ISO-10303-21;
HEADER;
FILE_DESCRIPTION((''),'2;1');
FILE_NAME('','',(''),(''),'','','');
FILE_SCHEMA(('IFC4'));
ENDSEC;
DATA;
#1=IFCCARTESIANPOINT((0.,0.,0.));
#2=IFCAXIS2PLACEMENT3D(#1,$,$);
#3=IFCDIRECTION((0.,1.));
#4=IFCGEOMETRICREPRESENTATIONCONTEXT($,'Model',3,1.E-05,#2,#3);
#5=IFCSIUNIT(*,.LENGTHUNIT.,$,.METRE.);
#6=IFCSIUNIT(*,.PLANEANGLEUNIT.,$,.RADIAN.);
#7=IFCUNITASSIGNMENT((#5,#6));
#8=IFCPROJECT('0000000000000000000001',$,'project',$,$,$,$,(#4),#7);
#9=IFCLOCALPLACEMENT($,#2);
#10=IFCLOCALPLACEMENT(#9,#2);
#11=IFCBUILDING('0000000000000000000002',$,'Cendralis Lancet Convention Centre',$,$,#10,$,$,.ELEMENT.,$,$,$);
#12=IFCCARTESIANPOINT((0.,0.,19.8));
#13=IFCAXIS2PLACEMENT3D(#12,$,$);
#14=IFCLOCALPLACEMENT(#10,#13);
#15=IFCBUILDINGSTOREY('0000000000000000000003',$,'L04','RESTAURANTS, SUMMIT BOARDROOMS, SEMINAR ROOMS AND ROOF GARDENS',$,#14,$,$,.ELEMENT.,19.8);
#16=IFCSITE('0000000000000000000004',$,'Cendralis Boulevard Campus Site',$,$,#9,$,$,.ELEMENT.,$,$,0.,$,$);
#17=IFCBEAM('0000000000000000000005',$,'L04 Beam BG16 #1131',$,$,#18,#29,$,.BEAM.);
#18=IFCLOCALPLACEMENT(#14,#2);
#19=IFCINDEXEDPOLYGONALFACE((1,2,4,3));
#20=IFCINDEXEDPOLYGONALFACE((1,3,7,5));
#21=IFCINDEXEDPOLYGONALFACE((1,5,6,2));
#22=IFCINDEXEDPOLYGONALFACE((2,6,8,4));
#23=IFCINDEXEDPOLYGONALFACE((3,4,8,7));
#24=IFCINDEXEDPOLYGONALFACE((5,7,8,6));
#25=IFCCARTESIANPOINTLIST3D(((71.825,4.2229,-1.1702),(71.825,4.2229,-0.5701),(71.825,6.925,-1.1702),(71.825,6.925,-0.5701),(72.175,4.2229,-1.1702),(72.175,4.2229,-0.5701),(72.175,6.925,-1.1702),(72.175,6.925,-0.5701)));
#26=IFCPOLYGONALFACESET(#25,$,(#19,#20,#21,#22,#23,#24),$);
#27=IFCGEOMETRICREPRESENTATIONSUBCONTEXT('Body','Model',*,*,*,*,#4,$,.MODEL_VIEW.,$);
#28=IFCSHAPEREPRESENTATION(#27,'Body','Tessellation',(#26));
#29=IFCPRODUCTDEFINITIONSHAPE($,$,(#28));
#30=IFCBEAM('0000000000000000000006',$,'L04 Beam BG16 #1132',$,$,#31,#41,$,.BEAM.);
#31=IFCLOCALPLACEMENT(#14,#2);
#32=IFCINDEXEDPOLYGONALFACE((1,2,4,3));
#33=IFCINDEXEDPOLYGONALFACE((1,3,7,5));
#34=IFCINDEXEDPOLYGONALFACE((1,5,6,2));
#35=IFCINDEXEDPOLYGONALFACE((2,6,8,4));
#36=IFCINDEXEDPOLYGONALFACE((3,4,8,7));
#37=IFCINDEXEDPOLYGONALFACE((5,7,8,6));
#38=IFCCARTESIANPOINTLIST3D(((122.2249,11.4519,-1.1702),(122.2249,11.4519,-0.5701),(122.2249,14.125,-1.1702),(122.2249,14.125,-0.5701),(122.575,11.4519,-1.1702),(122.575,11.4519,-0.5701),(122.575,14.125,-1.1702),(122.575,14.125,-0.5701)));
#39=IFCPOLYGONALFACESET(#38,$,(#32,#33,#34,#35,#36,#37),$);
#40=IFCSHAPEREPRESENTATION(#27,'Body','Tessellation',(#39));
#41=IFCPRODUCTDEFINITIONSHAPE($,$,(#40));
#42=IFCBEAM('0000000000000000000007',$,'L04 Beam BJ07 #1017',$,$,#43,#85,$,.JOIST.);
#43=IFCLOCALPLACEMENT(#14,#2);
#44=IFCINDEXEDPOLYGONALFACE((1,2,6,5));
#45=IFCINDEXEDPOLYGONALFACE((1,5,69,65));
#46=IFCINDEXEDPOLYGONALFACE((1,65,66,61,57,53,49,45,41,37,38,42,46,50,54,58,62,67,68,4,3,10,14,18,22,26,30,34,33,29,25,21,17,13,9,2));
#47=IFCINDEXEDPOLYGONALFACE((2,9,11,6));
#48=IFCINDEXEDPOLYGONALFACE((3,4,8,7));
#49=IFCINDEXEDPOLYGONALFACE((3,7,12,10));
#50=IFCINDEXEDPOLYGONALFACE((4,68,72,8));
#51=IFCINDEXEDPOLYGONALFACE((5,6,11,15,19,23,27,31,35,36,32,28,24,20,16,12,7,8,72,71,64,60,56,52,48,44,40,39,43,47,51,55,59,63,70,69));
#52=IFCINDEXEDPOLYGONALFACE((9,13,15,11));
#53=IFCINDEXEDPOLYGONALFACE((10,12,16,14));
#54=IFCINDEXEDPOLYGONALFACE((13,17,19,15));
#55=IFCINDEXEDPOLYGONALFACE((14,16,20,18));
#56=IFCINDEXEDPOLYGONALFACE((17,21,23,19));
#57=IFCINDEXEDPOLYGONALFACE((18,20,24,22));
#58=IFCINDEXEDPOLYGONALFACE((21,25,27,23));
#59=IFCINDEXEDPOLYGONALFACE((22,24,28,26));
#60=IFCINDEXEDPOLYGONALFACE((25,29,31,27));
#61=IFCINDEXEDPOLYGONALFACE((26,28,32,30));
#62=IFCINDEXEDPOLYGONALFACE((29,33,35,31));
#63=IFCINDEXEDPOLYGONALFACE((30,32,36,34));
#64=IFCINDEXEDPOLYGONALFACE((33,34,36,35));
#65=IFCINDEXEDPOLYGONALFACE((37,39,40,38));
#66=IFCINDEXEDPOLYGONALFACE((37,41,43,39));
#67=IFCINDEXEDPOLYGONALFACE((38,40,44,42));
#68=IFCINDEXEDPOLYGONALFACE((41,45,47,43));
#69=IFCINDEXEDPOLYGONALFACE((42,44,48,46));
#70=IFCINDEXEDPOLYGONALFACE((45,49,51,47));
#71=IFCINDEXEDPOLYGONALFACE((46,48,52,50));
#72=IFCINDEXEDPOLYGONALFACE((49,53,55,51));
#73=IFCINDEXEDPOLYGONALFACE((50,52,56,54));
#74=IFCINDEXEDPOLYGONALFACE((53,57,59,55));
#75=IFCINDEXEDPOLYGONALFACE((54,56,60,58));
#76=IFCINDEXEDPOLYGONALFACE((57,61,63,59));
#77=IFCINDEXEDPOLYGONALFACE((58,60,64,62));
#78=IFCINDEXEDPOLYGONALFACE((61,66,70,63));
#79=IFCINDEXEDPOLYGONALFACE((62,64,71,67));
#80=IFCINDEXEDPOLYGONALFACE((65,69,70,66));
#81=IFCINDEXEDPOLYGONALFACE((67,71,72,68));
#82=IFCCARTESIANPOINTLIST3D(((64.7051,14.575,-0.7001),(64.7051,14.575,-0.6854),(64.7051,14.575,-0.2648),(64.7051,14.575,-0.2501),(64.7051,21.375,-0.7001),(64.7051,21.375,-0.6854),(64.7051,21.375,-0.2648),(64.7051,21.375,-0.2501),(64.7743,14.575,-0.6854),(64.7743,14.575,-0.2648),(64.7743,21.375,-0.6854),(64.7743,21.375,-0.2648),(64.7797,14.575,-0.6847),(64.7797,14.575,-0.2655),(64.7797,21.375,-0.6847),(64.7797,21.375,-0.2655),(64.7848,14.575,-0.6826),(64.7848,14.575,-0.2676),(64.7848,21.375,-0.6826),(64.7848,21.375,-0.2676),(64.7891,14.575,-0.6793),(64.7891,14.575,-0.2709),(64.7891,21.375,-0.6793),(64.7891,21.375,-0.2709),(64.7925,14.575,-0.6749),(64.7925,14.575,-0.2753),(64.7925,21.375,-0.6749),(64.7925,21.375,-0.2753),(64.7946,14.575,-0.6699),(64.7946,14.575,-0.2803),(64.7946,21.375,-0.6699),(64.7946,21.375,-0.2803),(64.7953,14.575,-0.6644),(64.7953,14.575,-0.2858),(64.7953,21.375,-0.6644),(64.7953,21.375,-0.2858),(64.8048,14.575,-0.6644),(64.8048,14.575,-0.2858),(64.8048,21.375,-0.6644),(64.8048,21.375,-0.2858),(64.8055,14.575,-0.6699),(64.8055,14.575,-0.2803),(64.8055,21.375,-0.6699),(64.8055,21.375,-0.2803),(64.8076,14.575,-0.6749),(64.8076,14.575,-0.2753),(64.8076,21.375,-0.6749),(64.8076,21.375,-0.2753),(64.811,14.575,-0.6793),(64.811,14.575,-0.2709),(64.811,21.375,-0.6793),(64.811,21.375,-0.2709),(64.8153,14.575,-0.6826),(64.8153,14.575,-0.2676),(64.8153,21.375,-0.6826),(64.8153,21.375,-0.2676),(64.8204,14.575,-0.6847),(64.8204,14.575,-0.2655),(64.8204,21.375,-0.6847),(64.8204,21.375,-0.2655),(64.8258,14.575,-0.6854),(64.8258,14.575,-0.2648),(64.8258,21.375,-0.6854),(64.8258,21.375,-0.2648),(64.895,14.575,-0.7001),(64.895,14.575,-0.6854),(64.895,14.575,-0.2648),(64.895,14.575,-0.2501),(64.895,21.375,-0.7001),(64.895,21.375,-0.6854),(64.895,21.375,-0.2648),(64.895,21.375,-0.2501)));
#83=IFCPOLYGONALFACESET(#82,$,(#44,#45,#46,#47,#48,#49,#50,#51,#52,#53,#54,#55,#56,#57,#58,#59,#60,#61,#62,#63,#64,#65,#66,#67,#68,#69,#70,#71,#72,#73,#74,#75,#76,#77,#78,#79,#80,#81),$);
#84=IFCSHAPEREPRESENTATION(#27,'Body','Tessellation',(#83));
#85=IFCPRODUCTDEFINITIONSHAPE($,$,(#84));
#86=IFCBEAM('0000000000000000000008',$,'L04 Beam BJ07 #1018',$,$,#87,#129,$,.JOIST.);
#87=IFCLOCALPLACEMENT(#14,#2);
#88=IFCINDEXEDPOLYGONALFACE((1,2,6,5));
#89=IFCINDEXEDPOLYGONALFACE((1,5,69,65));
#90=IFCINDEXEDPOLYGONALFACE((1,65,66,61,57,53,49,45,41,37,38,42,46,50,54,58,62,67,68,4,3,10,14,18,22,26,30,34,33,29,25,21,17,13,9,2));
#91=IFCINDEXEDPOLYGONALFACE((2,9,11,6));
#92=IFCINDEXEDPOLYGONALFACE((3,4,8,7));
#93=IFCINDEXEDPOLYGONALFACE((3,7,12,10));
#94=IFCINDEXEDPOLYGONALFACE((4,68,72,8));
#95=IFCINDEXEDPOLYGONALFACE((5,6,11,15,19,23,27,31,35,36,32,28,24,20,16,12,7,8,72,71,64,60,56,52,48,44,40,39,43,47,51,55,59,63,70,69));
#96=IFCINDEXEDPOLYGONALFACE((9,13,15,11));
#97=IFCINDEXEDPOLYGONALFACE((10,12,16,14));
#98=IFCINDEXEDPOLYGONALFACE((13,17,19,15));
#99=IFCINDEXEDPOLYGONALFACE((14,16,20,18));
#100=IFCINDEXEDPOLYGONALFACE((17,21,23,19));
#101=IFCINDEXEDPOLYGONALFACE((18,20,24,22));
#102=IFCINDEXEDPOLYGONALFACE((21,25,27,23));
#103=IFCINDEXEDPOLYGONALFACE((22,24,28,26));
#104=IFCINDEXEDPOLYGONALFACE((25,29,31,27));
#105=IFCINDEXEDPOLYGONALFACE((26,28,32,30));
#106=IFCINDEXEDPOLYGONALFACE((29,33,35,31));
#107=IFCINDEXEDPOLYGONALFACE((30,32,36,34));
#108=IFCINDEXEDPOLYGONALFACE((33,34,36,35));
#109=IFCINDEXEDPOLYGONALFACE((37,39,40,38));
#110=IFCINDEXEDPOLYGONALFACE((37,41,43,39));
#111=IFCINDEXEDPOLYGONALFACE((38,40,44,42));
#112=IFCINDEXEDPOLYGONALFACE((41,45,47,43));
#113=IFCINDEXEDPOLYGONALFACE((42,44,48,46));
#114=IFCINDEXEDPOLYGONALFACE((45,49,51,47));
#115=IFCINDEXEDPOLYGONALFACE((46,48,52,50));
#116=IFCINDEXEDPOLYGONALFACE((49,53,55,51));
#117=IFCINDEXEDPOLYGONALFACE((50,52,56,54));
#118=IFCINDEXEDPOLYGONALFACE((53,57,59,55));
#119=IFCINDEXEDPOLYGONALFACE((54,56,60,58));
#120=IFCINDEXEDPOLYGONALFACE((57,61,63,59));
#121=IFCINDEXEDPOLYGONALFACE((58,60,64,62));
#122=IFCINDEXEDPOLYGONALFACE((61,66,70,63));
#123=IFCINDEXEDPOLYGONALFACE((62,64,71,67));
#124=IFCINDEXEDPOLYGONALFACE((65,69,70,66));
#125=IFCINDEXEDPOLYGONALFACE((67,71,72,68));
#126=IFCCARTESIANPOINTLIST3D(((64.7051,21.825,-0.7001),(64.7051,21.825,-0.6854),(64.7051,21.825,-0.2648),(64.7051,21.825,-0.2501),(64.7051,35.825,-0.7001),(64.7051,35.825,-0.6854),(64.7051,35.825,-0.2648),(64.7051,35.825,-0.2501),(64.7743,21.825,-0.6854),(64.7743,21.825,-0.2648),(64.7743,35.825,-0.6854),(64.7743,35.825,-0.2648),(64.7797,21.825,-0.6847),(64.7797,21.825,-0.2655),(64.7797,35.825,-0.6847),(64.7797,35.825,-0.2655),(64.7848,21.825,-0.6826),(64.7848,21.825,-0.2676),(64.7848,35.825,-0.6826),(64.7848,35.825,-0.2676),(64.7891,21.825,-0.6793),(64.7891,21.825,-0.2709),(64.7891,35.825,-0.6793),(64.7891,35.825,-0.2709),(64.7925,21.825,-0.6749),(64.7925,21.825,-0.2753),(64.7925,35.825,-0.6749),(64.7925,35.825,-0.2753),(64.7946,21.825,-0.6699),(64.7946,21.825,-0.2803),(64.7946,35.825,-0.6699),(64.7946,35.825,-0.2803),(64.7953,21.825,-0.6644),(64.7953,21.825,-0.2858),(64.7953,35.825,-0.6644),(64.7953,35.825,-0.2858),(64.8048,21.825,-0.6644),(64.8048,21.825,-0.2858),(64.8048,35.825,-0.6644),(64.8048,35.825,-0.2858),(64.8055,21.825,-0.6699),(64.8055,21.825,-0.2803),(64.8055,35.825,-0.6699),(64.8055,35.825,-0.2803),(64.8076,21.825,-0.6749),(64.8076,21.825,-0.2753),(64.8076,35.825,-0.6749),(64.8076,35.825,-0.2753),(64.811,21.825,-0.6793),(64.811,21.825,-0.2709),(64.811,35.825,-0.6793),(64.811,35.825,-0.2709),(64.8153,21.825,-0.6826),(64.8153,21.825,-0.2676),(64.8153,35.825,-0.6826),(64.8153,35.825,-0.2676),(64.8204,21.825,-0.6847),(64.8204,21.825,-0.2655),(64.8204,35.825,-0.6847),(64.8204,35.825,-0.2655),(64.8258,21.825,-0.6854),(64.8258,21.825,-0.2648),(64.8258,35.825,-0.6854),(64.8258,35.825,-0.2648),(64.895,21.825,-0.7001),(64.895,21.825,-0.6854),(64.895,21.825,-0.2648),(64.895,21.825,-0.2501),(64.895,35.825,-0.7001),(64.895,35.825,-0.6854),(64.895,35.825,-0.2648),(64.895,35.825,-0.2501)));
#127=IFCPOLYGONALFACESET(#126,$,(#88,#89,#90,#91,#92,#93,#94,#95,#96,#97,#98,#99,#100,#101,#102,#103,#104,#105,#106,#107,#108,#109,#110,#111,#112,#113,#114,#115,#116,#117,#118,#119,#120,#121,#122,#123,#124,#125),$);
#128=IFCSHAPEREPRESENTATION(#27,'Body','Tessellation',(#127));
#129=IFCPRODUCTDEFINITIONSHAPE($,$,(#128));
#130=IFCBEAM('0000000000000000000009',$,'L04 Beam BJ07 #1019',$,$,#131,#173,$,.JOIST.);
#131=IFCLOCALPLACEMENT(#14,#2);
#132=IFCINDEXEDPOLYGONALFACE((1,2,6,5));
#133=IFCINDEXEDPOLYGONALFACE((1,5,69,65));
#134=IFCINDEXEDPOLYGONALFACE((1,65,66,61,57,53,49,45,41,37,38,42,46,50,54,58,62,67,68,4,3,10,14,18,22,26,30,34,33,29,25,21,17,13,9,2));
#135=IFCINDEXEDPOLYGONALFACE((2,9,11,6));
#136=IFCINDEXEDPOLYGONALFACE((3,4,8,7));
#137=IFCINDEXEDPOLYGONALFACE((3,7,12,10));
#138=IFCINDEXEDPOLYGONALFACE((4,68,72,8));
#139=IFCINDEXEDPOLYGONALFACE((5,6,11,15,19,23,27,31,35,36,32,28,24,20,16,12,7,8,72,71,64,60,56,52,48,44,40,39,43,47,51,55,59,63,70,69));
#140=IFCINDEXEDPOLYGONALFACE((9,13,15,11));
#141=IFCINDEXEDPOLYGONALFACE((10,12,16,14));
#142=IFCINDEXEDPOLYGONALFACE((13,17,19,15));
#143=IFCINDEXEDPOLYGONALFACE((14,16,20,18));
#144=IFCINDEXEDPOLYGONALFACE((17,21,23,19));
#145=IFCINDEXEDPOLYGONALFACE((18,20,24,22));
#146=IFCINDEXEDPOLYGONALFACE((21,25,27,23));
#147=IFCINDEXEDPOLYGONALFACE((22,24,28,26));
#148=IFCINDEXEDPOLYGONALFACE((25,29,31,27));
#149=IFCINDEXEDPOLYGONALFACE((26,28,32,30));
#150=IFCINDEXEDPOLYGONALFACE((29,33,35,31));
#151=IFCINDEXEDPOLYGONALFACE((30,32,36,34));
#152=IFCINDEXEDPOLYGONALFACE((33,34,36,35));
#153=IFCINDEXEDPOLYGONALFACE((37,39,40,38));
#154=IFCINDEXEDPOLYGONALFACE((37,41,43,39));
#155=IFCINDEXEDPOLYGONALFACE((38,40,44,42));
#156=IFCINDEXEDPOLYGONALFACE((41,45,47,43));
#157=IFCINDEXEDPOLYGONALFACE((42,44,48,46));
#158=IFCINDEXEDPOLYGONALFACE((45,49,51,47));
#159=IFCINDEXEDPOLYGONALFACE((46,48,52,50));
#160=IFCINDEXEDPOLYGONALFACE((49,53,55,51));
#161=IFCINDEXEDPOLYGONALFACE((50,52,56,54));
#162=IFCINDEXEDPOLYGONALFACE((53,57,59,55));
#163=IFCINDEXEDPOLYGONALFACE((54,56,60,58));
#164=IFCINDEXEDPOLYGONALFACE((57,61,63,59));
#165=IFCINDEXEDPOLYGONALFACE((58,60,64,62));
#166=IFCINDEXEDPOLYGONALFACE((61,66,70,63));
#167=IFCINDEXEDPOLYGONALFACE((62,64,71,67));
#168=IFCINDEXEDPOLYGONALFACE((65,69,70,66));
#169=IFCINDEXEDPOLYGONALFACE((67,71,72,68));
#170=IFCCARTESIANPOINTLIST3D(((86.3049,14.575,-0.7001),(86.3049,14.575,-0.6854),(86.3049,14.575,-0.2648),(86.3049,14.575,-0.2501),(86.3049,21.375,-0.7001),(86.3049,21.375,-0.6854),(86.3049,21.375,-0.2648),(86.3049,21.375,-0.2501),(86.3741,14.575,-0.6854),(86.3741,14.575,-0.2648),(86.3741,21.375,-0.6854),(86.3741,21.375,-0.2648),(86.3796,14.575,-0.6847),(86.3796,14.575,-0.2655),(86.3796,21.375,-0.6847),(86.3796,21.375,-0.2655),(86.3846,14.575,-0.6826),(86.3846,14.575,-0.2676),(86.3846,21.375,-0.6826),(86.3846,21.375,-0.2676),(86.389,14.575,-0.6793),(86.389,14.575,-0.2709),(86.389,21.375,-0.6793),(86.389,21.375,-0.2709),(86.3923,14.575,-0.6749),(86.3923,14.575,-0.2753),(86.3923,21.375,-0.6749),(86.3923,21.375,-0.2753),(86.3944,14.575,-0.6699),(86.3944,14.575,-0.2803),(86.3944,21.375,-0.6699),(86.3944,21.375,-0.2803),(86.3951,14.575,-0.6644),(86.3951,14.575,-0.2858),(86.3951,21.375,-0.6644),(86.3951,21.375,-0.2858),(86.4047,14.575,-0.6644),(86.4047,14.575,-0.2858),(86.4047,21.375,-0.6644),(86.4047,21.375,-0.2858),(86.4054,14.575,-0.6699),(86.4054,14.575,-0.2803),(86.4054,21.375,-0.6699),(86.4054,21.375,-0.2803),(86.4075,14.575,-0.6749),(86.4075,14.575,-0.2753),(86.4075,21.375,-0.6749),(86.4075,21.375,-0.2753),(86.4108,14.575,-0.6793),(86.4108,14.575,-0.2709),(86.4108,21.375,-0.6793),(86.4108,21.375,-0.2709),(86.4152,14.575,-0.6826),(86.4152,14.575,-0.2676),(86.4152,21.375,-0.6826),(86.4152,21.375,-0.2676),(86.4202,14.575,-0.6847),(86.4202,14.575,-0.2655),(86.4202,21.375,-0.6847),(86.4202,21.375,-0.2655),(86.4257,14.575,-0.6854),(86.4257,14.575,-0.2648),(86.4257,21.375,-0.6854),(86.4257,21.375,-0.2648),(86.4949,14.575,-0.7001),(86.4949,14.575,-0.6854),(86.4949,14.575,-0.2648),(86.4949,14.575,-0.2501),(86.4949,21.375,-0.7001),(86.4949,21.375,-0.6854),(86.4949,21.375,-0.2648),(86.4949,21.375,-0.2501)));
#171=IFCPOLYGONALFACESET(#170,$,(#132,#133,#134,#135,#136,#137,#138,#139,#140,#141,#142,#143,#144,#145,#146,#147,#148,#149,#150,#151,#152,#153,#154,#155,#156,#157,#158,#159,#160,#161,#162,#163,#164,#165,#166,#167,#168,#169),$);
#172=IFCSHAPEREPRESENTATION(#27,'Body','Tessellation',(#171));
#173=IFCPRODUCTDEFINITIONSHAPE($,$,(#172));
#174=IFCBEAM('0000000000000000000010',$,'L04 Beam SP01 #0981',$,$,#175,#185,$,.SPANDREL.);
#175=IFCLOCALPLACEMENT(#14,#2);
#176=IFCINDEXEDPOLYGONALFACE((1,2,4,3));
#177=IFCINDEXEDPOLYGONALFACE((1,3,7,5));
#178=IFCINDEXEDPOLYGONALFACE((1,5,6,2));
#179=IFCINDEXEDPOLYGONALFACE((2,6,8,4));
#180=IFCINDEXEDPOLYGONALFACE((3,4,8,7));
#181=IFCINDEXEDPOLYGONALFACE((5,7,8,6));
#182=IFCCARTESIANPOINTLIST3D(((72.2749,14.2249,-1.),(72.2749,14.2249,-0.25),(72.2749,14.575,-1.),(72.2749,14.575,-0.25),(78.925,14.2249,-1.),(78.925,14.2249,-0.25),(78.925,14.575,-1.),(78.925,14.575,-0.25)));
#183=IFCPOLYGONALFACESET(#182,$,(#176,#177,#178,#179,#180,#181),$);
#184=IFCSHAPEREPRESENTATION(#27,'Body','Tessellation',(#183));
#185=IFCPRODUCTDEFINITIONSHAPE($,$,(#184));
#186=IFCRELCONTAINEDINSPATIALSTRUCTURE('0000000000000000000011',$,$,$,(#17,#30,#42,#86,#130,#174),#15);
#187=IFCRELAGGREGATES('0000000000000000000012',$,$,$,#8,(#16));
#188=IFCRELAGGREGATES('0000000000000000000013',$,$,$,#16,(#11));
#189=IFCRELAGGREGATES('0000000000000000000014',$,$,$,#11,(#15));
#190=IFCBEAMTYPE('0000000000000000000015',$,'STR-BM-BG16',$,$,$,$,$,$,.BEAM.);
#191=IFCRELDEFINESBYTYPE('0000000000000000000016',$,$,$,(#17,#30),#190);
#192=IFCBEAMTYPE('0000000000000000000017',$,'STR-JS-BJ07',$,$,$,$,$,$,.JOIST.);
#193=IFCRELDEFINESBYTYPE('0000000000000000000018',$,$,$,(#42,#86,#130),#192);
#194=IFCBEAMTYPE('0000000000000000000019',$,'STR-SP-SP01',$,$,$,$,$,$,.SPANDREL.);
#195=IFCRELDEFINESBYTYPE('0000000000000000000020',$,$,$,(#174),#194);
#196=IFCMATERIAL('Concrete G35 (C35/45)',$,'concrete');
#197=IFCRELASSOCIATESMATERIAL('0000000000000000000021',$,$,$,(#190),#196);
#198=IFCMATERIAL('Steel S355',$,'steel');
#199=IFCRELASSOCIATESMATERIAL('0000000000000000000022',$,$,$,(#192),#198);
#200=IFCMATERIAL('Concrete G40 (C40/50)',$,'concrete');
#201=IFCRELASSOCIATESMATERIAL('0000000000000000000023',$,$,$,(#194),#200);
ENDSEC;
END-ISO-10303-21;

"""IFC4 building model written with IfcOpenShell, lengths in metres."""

from ifc_helpers import new_model, si_unit, direction, frame, origin, origin_2d, place, context, subcontext, project, spatial, rectangle, i_section, extrude, material, material_profile, profile_set, type_object, element, save


model = new_model("IFC4")

# Units and contexts
model_context = context("Model", 3, precision=1e-05, world=origin(), true_north=direction((0.0, 1.0)))
body_context = subcontext(model_context, "Body", "Model", "MODEL_VIEW")
ifc_project = project(units=[si_unit("LENGTHUNIT", "METRE"), si_unit("PLANEANGLEUNIT", "RADIAN")], contexts=[model_context])

# Site, building, storey
site_placement = place(None, origin())
site = spatial("IfcSite", under=ifc_project, at=site_placement, Name="Cendralis Boulevard Campus Site", CompositionType="ELEMENT", RefElevation=0.0)
building_placement = place(site_placement, origin())
building = spatial("IfcBuilding", under=site, at=building_placement, Name="Cendralis Lancet Convention Centre", CompositionType="ELEMENT")
storey_placement = place(building_placement, frame((0.0, 0.0, 19.8)))
storey = spatial("IfcBuildingStorey", under=building, at=storey_placement, Name="L04", Description="RESTAURANTS, SUMMIT BOARDROOMS, SEMINAR ROOMS AND ROOF GARDENS", CompositionType="ELEMENT", Elevation=19.8)

# Shared definitions
ifc_material_1 = material(Name="Concrete G40 (C40/50)", Category="concrete")

# Beams
ifc_material_2 = material(Name="Concrete G35 (C35/45)", Category="concrete")
ifc_material_profile_1 = material_profile(ifc_material_2, rectangle(XDim=0.3501, YDim=0.6001, at=origin_2d()), Name="RCB 350x600")
ifc_profile_set_1 = profile_set([ifc_material_profile_1], Name="Concrete G35 (C35/45)")
beam_type_1 = type_object("IfcBeamType", Name="STR-BM-BG16", PredefinedType="BEAM", material=ifc_profile_set_1)
beam_1_placement = place(storey_placement, frame((72.0, 4.2229, -0.8701), z_axis=(0.0, 1.0, 0.0), x_axis=(-1.0, 0.0, 0.0)))
element("IfcBeam", 1, at=beam_1_placement, inside=storey, type_object=beam_type_1, Name="L04 Beam BG16 #1131", PredefinedType="BEAM", context=body_context, shape_type="SweptSolid", body=[
    extrude(rectangle(XDim=0.3501, YDim=0.6001, at=origin_2d()), origin(), (0.0, 0.0, 1.0), 2.7021),
])
beam_2_placement = place(storey_placement, frame((122.3999, 11.4519, -0.8701), z_axis=(0.0, 1.0, 0.0), x_axis=(-1.0, 0.0, 0.0)))
element("IfcBeam", 2, at=beam_2_placement, inside=storey, type_object=beam_type_1, Name="L04 Beam BG16 #1132", PredefinedType="BEAM", context=body_context, shape_type="SweptSolid", body=[
    extrude(rectangle(XDim=0.3501, YDim=0.6001, at=origin_2d()), origin(), (0.0, 0.0, 1.0), 2.6731),
])
ifc_material_3 = material(Name="Steel S355", Category="steel")
ifc_material_profile_2 = material_profile(ifc_material_3, i_section(OverallWidth=0.1899, OverallDepth=0.45, WebThickness=0.0095, FlangeThickness=0.0146, FilletRadius=0.021, at=origin_2d()), Name="IPE 450")
ifc_profile_set_2 = profile_set([ifc_material_profile_2], Name="Steel S355")
beam_type_2 = type_object("IfcBeamType", Name="STR-JS-BJ07", PredefinedType="JOIST", material=ifc_profile_set_2)
beam_3_placement = place(storey_placement, frame((64.8, 14.575, -0.4751), z_axis=(0.0, 1.0, 0.0), x_axis=(-1.0, 0.0, 0.0)))
element("IfcBeam", 3, at=beam_3_placement, inside=storey, type_object=beam_type_2, Name="L04 Beam BJ07 #1017", PredefinedType="JOIST", context=body_context, shape_type="SweptSolid", body=[
    extrude(i_section(OverallWidth=0.1899, OverallDepth=0.45, WebThickness=0.0095, FlangeThickness=0.0146, FilletRadius=0.021, at=origin_2d()), origin(), (0.0, 0.0, 1.0), 6.8),
])
beam_4_placement = place(storey_placement, frame((64.8, 21.825, -0.4751), z_axis=(0.0, 1.0, 0.0), x_axis=(-1.0, 0.0, 0.0)))
element("IfcBeam", 4, at=beam_4_placement, inside=storey, type_object=beam_type_2, Name="L04 Beam BJ07 #1018", PredefinedType="JOIST", context=body_context, shape_type="SweptSolid", body=[
    extrude(i_section(OverallWidth=0.1899, OverallDepth=0.45, WebThickness=0.0095, FlangeThickness=0.0146, FilletRadius=0.021, at=origin_2d()), origin(), (0.0, 0.0, 1.0), 14.0),
])
beam_5_placement = place(storey_placement, frame((86.3999, 14.575, -0.4751), z_axis=(0.0, 1.0, 0.0), x_axis=(-1.0, 0.0, 0.0)))
element("IfcBeam", 5, at=beam_5_placement, inside=storey, type_object=beam_type_2, Name="L04 Beam BJ07 #1019", PredefinedType="JOIST", context=body_context, shape_type="SweptSolid", body=[
    extrude(i_section(OverallWidth=0.1899, OverallDepth=0.45, WebThickness=0.0095, FlangeThickness=0.0146, FilletRadius=0.021, at=origin_2d()), origin(), (0.0, 0.0, 1.0), 6.8),
])
ifc_material_profile_3 = material_profile(ifc_material_1, rectangle(XDim=0.3501, YDim=0.75, at=origin_2d()), Name="RCB 350x750")
ifc_profile_set_3 = profile_set([ifc_material_profile_3], Name="Concrete G40 (C40/50)")
beam_type_3 = type_object("IfcBeamType", Name="STR-SP-SP01", PredefinedType="SPANDREL", material=ifc_profile_set_3)
beam_6_placement = place(storey_placement, frame((72.2749, 14.3999, -0.625), z_axis=(1.0, 0.0, 0.0), x_axis=(0.0, 1.0, 0.0)))
element("IfcBeam", 6, at=beam_6_placement, inside=storey, type_object=beam_type_3, Name="L04 Beam SP01 #0981", PredefinedType="SPANDREL", context=body_context, shape_type="SweptSolid", body=[
    extrude(rectangle(XDim=0.3501, YDim=0.75, at=origin_2d()), origin(), (0.0, 0.0, 1.0), 6.6501),
])

save(model, "model.ifc")
